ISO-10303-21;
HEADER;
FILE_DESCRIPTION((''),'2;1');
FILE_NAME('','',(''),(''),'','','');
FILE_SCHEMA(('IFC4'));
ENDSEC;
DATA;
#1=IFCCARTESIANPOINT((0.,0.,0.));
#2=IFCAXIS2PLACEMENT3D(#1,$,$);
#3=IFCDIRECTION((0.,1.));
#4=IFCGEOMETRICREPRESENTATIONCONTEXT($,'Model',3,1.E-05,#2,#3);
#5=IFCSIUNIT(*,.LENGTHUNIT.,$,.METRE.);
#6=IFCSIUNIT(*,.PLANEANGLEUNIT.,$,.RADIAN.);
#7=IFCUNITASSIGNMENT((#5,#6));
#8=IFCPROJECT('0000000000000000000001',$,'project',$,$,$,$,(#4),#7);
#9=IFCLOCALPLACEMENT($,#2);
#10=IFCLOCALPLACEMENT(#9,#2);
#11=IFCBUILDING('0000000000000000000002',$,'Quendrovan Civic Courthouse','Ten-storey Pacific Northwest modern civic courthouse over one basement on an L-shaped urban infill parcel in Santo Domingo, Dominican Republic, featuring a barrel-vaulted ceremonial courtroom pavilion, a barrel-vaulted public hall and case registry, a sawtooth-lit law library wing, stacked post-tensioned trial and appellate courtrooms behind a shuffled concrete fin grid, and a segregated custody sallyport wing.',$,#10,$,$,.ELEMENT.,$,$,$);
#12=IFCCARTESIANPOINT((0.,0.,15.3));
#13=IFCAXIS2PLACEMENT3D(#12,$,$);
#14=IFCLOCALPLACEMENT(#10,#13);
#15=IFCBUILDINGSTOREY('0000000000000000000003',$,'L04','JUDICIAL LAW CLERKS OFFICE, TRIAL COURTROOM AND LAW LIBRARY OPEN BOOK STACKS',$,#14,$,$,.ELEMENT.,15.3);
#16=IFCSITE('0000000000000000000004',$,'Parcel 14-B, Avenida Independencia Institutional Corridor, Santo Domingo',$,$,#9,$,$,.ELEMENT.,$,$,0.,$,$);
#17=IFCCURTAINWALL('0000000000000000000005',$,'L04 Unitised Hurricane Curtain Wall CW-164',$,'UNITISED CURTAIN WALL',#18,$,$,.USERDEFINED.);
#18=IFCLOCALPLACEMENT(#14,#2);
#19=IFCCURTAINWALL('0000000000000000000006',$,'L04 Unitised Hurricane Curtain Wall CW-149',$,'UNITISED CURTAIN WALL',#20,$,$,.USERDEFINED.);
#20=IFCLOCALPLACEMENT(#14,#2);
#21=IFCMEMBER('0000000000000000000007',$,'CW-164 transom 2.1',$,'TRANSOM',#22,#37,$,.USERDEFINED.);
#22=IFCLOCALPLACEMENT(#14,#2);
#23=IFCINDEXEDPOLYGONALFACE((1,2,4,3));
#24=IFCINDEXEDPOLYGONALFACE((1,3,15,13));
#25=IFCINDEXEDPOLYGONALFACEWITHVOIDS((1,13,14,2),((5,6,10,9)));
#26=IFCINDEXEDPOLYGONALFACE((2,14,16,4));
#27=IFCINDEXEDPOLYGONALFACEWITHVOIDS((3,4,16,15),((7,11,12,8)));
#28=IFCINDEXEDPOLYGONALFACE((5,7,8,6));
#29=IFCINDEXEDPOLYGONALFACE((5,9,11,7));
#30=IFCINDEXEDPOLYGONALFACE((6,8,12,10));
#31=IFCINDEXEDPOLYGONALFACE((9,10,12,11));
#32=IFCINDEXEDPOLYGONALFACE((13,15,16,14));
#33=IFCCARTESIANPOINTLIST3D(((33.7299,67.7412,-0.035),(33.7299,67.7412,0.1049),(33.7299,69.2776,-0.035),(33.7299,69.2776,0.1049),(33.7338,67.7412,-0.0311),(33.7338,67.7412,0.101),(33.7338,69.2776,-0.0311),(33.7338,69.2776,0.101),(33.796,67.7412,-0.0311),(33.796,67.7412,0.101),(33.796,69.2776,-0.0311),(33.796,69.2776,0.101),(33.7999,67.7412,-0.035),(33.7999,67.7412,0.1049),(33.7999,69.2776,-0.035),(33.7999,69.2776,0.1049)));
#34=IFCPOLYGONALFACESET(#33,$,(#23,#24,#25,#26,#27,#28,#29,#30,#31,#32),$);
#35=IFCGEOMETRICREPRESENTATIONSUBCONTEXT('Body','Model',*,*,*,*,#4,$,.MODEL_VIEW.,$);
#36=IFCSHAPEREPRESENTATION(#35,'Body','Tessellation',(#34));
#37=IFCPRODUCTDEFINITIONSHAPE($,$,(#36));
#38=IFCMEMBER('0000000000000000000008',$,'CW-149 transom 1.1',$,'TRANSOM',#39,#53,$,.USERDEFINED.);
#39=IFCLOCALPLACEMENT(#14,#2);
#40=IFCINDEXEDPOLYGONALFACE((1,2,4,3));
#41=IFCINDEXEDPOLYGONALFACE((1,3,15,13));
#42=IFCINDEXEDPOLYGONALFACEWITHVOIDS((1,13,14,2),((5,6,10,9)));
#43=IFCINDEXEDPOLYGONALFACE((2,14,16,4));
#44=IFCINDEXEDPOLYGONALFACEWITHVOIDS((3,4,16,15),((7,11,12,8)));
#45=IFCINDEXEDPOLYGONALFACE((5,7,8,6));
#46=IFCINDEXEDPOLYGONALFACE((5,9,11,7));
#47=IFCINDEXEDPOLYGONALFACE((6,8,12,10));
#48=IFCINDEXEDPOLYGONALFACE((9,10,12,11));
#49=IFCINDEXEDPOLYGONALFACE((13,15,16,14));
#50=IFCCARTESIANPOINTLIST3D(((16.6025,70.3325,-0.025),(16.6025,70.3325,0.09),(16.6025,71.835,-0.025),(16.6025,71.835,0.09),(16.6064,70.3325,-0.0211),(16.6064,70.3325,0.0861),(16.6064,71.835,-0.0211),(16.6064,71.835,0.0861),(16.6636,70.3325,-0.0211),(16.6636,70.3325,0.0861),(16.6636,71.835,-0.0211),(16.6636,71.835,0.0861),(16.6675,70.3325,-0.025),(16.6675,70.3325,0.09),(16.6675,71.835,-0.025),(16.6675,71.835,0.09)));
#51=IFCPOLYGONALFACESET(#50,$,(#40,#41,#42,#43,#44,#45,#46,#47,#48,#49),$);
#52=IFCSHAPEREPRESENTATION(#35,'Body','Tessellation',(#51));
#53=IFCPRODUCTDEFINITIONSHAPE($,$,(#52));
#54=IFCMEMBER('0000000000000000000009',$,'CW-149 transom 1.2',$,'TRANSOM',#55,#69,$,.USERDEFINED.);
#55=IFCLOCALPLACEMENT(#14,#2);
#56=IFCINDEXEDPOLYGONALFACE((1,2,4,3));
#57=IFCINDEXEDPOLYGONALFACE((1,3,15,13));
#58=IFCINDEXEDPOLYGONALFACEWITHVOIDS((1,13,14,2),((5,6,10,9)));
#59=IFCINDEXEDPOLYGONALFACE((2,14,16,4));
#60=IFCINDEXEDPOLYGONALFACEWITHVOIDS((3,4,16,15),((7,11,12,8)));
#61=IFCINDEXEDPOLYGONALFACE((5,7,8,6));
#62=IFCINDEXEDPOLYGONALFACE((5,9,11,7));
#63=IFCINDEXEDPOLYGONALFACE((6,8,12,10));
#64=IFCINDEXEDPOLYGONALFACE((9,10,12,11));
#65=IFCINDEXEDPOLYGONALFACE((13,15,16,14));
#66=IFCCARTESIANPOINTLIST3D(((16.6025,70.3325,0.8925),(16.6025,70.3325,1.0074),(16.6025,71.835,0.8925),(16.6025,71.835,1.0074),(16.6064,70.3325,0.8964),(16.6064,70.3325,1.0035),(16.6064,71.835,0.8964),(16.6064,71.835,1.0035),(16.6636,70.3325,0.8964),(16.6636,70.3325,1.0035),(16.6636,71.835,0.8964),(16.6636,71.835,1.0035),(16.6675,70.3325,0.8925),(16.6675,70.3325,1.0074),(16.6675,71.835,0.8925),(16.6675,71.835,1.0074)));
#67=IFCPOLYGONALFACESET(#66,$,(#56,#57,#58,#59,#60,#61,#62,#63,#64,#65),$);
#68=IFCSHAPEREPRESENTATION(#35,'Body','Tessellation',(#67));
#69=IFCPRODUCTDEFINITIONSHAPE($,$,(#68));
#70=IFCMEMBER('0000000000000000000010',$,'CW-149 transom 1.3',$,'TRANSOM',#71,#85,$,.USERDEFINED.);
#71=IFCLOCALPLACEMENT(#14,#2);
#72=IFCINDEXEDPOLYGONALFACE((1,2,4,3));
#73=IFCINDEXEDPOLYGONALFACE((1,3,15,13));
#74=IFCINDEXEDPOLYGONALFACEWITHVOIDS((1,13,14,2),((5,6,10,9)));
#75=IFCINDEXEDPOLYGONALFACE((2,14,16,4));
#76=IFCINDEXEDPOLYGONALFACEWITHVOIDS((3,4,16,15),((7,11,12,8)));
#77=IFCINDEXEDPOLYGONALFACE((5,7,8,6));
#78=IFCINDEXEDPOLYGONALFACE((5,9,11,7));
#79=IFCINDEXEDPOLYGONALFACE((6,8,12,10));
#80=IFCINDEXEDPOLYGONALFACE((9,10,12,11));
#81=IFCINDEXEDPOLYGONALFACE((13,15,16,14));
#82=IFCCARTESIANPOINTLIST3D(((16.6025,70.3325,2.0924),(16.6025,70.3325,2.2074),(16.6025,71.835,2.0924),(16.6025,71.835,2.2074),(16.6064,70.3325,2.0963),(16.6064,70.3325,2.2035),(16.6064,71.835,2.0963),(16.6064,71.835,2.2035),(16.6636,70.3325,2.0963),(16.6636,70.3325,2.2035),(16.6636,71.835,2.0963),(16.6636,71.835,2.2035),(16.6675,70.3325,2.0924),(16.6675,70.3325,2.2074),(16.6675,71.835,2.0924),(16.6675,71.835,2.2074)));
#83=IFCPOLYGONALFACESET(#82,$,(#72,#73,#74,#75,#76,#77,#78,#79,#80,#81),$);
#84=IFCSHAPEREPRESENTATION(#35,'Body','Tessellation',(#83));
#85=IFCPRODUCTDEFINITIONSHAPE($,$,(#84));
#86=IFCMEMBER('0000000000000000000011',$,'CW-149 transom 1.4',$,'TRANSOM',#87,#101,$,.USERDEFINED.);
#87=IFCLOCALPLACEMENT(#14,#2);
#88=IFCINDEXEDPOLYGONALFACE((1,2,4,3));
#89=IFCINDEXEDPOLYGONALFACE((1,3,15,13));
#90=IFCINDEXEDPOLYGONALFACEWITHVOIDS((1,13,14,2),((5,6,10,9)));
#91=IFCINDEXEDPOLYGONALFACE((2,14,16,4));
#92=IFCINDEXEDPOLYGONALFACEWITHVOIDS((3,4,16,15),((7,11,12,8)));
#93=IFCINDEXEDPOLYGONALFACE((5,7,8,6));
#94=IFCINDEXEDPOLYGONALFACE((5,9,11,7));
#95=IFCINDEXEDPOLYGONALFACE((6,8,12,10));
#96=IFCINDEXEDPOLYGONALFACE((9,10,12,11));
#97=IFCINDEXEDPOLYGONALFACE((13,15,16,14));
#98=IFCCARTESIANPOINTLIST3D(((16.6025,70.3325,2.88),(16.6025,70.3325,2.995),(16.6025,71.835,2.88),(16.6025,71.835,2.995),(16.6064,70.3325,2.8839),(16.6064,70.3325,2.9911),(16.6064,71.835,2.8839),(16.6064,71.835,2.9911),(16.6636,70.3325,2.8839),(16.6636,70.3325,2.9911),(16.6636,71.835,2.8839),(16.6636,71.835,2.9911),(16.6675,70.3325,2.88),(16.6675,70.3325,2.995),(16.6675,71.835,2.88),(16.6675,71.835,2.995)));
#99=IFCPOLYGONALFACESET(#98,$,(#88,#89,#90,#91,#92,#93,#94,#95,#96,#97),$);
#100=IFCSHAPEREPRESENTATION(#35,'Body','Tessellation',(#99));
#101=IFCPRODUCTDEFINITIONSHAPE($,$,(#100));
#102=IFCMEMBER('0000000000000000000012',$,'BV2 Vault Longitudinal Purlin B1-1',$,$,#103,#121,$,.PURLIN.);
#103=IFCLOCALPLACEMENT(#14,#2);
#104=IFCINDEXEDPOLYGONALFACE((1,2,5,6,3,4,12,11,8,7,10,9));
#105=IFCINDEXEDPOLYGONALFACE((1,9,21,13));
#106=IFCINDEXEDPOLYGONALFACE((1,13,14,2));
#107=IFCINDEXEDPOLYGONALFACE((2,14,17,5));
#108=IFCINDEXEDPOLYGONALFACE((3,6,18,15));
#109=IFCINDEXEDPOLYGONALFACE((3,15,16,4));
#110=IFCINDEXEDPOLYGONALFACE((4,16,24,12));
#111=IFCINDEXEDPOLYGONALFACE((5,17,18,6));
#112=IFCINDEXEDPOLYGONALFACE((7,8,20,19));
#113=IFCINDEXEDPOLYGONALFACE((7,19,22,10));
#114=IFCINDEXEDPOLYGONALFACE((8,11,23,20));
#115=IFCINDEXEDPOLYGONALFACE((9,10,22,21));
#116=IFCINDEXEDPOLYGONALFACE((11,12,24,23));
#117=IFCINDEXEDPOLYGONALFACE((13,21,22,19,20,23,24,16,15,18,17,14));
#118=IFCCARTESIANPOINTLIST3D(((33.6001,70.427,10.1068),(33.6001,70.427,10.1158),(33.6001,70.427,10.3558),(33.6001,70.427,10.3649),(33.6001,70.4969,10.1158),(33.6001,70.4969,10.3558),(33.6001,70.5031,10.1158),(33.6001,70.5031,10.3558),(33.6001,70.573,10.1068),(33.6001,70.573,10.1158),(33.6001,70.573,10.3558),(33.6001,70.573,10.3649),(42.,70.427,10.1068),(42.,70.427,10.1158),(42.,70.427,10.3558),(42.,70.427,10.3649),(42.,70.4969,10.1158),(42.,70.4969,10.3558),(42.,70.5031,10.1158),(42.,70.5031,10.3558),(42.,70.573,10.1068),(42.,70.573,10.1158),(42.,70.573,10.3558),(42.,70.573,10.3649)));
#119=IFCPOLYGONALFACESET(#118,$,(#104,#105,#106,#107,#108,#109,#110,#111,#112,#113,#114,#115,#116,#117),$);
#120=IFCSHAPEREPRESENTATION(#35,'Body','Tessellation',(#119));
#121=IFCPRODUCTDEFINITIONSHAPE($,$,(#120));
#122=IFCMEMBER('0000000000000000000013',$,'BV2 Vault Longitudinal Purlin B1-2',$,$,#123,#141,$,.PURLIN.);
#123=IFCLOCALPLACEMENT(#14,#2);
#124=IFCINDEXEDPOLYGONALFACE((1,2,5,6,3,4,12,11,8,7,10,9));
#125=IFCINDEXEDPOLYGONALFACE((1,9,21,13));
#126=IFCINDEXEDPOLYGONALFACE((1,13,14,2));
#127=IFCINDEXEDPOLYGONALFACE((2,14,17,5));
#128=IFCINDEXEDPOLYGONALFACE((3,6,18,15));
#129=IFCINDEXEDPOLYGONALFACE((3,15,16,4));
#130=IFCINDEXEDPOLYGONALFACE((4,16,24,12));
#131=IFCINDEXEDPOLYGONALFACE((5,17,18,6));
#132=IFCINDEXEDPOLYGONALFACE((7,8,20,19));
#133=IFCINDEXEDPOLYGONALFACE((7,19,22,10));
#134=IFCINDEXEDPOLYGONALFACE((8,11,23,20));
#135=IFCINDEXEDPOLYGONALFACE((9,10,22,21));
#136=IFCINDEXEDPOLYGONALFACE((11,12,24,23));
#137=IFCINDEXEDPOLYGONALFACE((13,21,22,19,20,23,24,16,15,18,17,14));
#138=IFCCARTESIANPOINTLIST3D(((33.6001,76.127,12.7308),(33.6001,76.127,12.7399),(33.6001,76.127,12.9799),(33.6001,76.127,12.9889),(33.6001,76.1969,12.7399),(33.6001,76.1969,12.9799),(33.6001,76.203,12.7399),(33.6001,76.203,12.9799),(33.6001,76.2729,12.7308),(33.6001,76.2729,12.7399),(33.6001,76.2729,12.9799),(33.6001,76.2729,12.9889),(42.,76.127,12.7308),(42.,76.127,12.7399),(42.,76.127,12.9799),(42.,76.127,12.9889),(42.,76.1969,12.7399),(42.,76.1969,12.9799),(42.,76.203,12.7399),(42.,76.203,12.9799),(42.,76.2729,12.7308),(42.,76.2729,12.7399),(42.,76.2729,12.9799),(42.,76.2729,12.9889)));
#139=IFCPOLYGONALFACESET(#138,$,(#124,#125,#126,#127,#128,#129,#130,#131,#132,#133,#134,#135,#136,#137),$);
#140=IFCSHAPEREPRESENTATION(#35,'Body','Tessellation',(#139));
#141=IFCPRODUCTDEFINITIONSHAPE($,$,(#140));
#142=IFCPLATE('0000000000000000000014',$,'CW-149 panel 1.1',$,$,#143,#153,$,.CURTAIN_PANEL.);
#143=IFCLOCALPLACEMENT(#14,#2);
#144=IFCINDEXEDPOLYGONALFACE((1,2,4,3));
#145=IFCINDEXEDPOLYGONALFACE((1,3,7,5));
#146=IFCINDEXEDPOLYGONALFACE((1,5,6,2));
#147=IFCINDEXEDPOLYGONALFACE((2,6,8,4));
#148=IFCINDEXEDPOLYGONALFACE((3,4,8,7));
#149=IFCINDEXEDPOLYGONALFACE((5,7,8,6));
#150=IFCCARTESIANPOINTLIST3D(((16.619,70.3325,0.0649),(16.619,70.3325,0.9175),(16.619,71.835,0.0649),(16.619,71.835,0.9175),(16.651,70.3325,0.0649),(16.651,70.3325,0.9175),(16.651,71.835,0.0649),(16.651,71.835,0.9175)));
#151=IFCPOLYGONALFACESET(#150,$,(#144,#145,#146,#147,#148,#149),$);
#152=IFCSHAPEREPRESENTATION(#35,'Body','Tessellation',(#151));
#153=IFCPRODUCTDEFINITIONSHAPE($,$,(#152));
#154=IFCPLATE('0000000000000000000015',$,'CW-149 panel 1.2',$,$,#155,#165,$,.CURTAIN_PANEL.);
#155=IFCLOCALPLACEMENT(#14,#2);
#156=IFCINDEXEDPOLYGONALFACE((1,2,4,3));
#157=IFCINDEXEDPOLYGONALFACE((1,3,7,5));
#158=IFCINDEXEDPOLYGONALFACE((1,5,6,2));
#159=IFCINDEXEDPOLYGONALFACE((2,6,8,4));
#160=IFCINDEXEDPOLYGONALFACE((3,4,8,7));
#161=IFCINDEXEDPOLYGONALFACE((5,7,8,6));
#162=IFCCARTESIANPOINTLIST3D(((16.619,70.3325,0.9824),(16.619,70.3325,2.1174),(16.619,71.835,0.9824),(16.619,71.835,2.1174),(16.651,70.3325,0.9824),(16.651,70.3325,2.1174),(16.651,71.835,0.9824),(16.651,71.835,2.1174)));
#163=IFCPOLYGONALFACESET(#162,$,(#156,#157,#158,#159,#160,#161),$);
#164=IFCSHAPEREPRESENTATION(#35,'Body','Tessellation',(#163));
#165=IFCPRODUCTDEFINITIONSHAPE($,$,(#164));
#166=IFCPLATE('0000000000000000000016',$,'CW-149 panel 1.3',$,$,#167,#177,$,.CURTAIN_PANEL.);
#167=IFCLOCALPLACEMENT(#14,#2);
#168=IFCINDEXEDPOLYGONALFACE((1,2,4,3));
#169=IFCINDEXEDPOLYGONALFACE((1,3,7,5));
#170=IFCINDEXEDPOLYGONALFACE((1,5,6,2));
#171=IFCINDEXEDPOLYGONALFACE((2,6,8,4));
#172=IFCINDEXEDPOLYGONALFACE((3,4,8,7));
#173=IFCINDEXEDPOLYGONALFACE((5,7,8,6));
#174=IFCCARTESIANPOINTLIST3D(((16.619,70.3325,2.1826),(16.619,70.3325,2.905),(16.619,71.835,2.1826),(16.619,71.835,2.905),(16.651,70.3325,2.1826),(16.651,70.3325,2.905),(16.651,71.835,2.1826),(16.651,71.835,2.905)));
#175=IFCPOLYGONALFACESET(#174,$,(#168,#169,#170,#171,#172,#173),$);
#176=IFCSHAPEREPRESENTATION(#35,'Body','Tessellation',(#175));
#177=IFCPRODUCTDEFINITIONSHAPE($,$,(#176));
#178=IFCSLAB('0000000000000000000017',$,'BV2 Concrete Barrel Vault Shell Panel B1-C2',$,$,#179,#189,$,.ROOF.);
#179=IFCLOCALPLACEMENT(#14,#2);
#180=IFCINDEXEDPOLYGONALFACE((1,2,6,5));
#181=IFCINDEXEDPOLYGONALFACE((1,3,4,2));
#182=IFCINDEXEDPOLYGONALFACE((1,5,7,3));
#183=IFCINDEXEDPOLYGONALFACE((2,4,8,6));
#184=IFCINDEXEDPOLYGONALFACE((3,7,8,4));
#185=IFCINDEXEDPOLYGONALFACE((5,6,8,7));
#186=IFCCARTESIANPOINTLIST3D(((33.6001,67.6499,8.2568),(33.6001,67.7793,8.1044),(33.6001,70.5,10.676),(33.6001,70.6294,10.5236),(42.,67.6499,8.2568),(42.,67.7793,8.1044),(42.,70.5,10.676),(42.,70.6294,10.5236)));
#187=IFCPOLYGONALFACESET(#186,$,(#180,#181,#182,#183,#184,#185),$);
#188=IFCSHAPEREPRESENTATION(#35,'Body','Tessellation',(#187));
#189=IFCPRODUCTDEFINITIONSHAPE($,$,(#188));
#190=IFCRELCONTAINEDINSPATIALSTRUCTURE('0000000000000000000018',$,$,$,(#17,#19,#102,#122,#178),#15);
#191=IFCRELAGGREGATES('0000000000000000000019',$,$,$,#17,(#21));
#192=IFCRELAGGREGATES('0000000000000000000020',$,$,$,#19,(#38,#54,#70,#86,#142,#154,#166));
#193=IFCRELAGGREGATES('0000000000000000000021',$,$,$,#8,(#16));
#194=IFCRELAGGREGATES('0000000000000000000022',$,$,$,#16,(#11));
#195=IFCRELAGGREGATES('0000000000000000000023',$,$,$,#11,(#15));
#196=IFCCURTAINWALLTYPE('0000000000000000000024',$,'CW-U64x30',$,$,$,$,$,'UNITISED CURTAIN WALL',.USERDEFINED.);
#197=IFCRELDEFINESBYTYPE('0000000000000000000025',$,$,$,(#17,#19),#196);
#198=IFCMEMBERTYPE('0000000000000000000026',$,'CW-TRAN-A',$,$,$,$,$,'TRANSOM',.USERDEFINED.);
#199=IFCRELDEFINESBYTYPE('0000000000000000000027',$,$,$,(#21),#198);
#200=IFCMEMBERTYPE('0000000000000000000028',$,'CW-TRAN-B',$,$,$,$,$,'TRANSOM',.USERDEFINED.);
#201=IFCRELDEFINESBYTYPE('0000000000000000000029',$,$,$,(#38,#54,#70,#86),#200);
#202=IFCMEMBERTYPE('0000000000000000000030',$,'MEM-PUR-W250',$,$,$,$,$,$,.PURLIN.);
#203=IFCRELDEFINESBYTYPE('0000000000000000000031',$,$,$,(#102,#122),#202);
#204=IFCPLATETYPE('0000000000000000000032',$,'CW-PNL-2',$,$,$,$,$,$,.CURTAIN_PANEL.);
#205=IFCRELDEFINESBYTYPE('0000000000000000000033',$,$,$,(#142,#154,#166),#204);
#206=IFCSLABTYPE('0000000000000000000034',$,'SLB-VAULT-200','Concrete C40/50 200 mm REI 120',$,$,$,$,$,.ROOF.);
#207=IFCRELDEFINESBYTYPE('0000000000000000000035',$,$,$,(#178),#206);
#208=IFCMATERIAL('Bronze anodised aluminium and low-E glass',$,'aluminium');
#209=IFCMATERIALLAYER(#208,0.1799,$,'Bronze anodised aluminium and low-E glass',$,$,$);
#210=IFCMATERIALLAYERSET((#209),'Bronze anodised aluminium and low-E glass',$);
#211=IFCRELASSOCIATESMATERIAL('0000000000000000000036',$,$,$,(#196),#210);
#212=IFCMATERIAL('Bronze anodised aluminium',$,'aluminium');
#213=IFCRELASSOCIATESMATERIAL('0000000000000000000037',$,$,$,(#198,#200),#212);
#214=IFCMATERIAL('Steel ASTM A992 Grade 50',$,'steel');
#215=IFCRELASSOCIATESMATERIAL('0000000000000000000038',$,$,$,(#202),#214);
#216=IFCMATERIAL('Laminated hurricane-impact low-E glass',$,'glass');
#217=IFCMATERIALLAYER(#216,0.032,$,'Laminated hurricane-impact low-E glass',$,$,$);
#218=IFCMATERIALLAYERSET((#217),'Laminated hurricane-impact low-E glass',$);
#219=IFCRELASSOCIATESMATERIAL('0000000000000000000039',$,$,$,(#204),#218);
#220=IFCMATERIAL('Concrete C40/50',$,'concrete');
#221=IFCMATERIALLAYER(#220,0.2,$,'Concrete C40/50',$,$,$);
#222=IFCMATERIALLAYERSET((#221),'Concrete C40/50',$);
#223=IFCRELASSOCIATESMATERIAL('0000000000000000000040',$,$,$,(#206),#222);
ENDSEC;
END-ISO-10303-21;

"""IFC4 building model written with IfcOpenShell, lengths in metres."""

from ifc_helpers import new_model, si_unit, direction, frame, origin, origin_2d, place, context, subcontext, project, spatial, polyline, rectangle, hollow_rectangle, i_section, outline, extrude, material, layer, layer_set, material_profile, profile_set, type_object, element, aggregate, save


model = new_model("IFC4")

# Units and contexts
model_context = context("Model", 3, precision=1e-05, world=origin(), true_north=direction((0.0, 1.0)))
body_context = subcontext(model_context, "Body", "Model", "MODEL_VIEW")
ifc_project = project(units=[si_unit("LENGTHUNIT", "METRE"), si_unit("PLANEANGLEUNIT", "RADIAN")], contexts=[model_context])

# Site, building, storey
site_placement = place(None, origin())
site = spatial("IfcSite", under=ifc_project, at=site_placement, Name="Parcel 14-B, Avenida Independencia Institutional Corridor, Santo Domingo", CompositionType="ELEMENT", RefElevation=0.0)
building_placement = place(site_placement, origin())
building = spatial("IfcBuilding", under=site, at=building_placement, Name="Quendrovan Civic Courthouse", Description="Ten-storey Pacific Northwest modern civic courthouse over one basement on an L-shaped urban infill parcel in Santo Domingo, Dominican Republic, featuring a barrel-vaulted ceremonial courtroom pavilion, a barrel-vaulted public hall and case registry, a sawtooth-lit law library wing, stacked post-tensioned trial and appellate courtrooms behind a shuffled concrete fin grid, and a segregated custody sallyport wing.", CompositionType="ELEMENT")
storey_placement = place(building_placement, frame((0.0, 0.0, 15.3)))
storey = spatial("IfcBuildingStorey", under=building, at=storey_placement, Name="L04", Description="JUDICIAL LAW CLERKS OFFICE, TRIAL COURTROOM AND LAW LIBRARY OPEN BOOK STACKS", CompositionType="ELEMENT", Elevation=15.3)

# Shared definitions
ifc_material_1 = material(Name="Steel ASTM A992 Grade 50", Category="steel")

# Shared definitions
ifc_material_2 = material(Name="Concrete C40/50", Category="concrete")

# Curtain wall
ifc_material_3 = material(Name="Bronze anodised aluminium and low-E glass", Category="aluminium")
ifc_layer_1 = layer(ifc_material_3, 0.1799, Name="Bronze anodised aluminium and low-E glass")
ifc_layer_set_1 = layer_set([ifc_layer_1], Name="Bronze anodised aluminium and low-E glass")
curtain_wall_type = type_object("IfcCurtainWallType", Name="CW-U64x30", ElementType="UNITISED CURTAIN WALL", PredefinedType="USERDEFINED", material=ifc_layer_set_1)
curtain_wall_1_placement = place(storey_placement, origin())
curtain_wall_1 = element("IfcCurtainWall", 1, at=curtain_wall_1_placement, inside=storey, type_object=curtain_wall_type, Name="L04 Unitised Hurricane Curtain Wall CW-164", ObjectType="UNITISED CURTAIN WALL", PredefinedType="USERDEFINED")
ifc_material_4 = material(Name="Bronze anodised aluminium", Category="aluminium")

# Curtain wall
curtain_wall_2_placement = place(storey_placement, origin())
curtain_wall_2 = element("IfcCurtainWall", 2, at=curtain_wall_2_placement, inside=storey, type_object=curtain_wall_type, Name="L04 Unitised Hurricane Curtain Wall CW-149", ObjectType="UNITISED CURTAIN WALL", PredefinedType="USERDEFINED")

# Members
ifc_material_profile_1 = material_profile(ifc_material_4, hollow_rectangle(XDim=0.0701, YDim=0.1399, WallThickness=0.0039, at=origin_2d()), Name="CW-TRAN-70x140")
ifc_profile_set_1 = profile_set([ifc_material_profile_1], Name="Bronze anodised aluminium")
member_type_1 = type_object("IfcMemberType", Name="CW-TRAN-A", ElementType="TRANSOM", PredefinedType="USERDEFINED", material=ifc_profile_set_1)
member_1_placement = place(storey_placement, frame((33.7649, 67.7412, 0.0349), z_axis=(0.0, 1.0, 0.0), x_axis=(-1.0, 0.0, 0.0)))
member_1 = element("IfcMember", 3, at=member_1_placement, type_object=member_type_1, Name="CW-164 transom 2.1", ObjectType="TRANSOM", PredefinedType="USERDEFINED", context=body_context, shape_type="SweptSolid", body=[
    extrude(hollow_rectangle(XDim=0.0701, YDim=0.1399, WallThickness=0.0039, at=origin_2d()), origin(), (0.0, 0.0, 1.0), 1.5364),
])
aggregate(curtain_wall_1, [member_1])
ifc_material_profile_2 = material_profile(ifc_material_4, hollow_rectangle(XDim=0.0649, YDim=0.115, WallThickness=0.0039, at=origin_2d()), Name="CW-TRAN-65x115")
ifc_profile_set_2 = profile_set([ifc_material_profile_2], Name="Bronze anodised aluminium")
member_type_2 = type_object("IfcMemberType", Name="CW-TRAN-B", ElementType="TRANSOM", PredefinedType="USERDEFINED", material=ifc_profile_set_2)
member_2_placement = place(storey_placement, frame((16.635, 71.835, 0.0325), z_axis=(0.0, -1.0, 0.0), x_axis=(1.0, 0.0, 0.0)))
member_2 = element("IfcMember", 4, at=member_2_placement, type_object=member_type_2, Name="CW-149 transom 1.1", ObjectType="TRANSOM", PredefinedType="USERDEFINED", context=body_context, shape_type="SweptSolid", body=[
    extrude(hollow_rectangle(XDim=0.0649, YDim=0.115, WallThickness=0.0039, at=origin_2d()), origin(), (0.0, 0.0, 1.0), 1.5024),
])
member_3_placement = place(storey_placement, frame((16.635, 71.835, 0.95), z_axis=(0.0, -1.0, 0.0), x_axis=(1.0, 0.0, 0.0)))
member_3 = element("IfcMember", 5, at=member_3_placement, type_object=member_type_2, Name="CW-149 transom 1.2", ObjectType="TRANSOM", PredefinedType="USERDEFINED", context=body_context, shape_type="SweptSolid", body=[
    extrude(hollow_rectangle(XDim=0.0649, YDim=0.115, WallThickness=0.0039, at=origin_2d()), origin(), (0.0, 0.0, 1.0), 1.5024),
])
member_4_placement = place(storey_placement, frame((16.635, 71.835, 2.1499), z_axis=(0.0, -1.0, 0.0), x_axis=(1.0, 0.0, 0.0)))
member_4 = element("IfcMember", 6, at=member_4_placement, type_object=member_type_2, Name="CW-149 transom 1.3", ObjectType="TRANSOM", PredefinedType="USERDEFINED", context=body_context, shape_type="SweptSolid", body=[
    extrude(hollow_rectangle(XDim=0.0649, YDim=0.115, WallThickness=0.0039, at=origin_2d()), origin(), (0.0, 0.0, 1.0), 1.5024),
])
member_5_placement = place(storey_placement, frame((16.635, 71.835, 2.9375), z_axis=(0.0, -1.0, 0.0), x_axis=(1.0, 0.0, 0.0)))
member_5 = element("IfcMember", 7, at=member_5_placement, type_object=member_type_2, Name="CW-149 transom 1.4", ObjectType="TRANSOM", PredefinedType="USERDEFINED", context=body_context, shape_type="SweptSolid", body=[
    extrude(hollow_rectangle(XDim=0.0649, YDim=0.115, WallThickness=0.0039, at=origin_2d()), origin(), (0.0, 0.0, 1.0), 1.5024),
])

# Members
ifc_material_profile_3 = material_profile(ifc_material_1, i_section(OverallWidth=0.146, OverallDepth=0.2581, WebThickness=0.0061, FlangeThickness=0.009, at=origin_2d()), Name="W250x33")
ifc_profile_set_3 = profile_set([ifc_material_profile_3], Name="Steel ASTM A992 Grade 50")
member_type_3 = type_object("IfcMemberType", Name="MEM-PUR-W250", PredefinedType="PURLIN", material=ifc_profile_set_3)
for number, where, z_axis, x_axis, name in (
    (8, (33.6001, 70.5, 10.2358), (1.0, 0.0, 0.0), (0.0, 1.0, 0.0), "BV2 Vault Longitudinal Purlin B1-1"),
    (9, (33.6001, 76.2, 12.8599), (1.0, 0.0, 0.0), (0.0, 1.0, 0.0), "BV2 Vault Longitudinal Purlin B1-2"),
):
    element("IfcMember", number, at=place(storey_placement, frame(where, z_axis=z_axis, x_axis=x_axis)), inside=storey, type_object=member_type_3, Name=name, PredefinedType="PURLIN", context=body_context, shape_type="SweptSolid", body=[
        extrude(i_section(OverallWidth=0.146, OverallDepth=0.2581, WebThickness=0.0061, FlangeThickness=0.009, at=origin_2d()), origin(), (0.0, 0.0, 1.0), 8.3999),
    ])

# Plates
ifc_material_5 = material(Name="Laminated hurricane-impact low-E glass", Category="glass")
ifc_layer_2 = layer(ifc_material_5, 0.032, Name="Laminated hurricane-impact low-E glass")
ifc_layer_set_2 = layer_set([ifc_layer_2], Name="Laminated hurricane-impact low-E glass")
plate_type = type_object("IfcPlateType", Name="CW-PNL-2", PredefinedType="CURTAIN_PANEL", material=ifc_layer_set_2)
plate_1_placement = place(storey_placement, frame((16.635, 71.0837, 0.0649), z_axis=(0.0, 0.0, 1.0), x_axis=(0.0, -1.0, 0.0)))
plate_1 = element("IfcPlate", 10, at=plate_1_placement, type_object=plate_type, Name="CW-149 panel 1.1", PredefinedType="CURTAIN_PANEL", context=body_context, shape_type="SweptSolid", body=[
    extrude(rectangle(XDim=1.5024, YDim=0.032, at=origin_2d()), origin(), (0.0, 0.0, 1.0), 0.8525),
])
plate_2_placement = place(storey_placement, frame((16.635, 71.0837, 0.9824), z_axis=(0.0, 0.0, 1.0), x_axis=(0.0, -1.0, 0.0)))
plate_2 = element("IfcPlate", 11, at=plate_2_placement, type_object=plate_type, Name="CW-149 panel 1.2", PredefinedType="CURTAIN_PANEL", context=body_context, shape_type="SweptSolid", body=[
    extrude(rectangle(XDim=1.5024, YDim=0.032, at=origin_2d()), origin(), (0.0, 0.0, 1.0), 1.135),
])
plate_3_placement = place(storey_placement, frame((16.635, 71.0837, 2.1826), z_axis=(0.0, 0.0, 1.0), x_axis=(0.0, -1.0, 0.0)))
plate_3 = element("IfcPlate", 12, at=plate_3_placement, type_object=plate_type, Name="CW-149 panel 1.3", PredefinedType="CURTAIN_PANEL", context=body_context, shape_type="SweptSolid", body=[
    extrude(rectangle(XDim=1.5024, YDim=0.032, at=origin_2d()), origin(), (0.0, 0.0, 1.0), 0.7224),
])
aggregate(curtain_wall_2, [member_2, member_3, member_4, member_5, plate_1, plate_2, plate_3])

# Slab
ifc_layer_3 = layer(ifc_material_2, 0.2, Name="Concrete C40/50")
ifc_layer_set_3 = layer_set([ifc_layer_3], Name="Concrete C40/50")
slab_type = type_object("IfcSlabType", Name="SLB-VAULT-200", Description="Concrete C40/50 200 mm REI 120", PredefinedType="ROOF", material=ifc_layer_set_3)
slab_1_placement = place(storey_placement, frame((33.6001, 67.6499, 8.2568), z_axis=(0.0, -0.647121, 0.762387), x_axis=(1.0, 0.0, 0.0)))
element("IfcSlab", 13, at=slab_1_placement, inside=storey, type_object=slab_type, Name="BV2 Concrete Barrel Vault Shell Panel B1-C2", PredefinedType="ROOF", context=body_context, shape_type="SweptSolid", body=[
    extrude(outline(polyline([(0.0, 0.0), (8.3999, 0.0), (8.3999, 3.7384), (0.0, 3.7384), (0.0, 0.0)])), origin(), (0.0, 0.0, -1.0), 0.2),
])

save(model, "model.ifc")
